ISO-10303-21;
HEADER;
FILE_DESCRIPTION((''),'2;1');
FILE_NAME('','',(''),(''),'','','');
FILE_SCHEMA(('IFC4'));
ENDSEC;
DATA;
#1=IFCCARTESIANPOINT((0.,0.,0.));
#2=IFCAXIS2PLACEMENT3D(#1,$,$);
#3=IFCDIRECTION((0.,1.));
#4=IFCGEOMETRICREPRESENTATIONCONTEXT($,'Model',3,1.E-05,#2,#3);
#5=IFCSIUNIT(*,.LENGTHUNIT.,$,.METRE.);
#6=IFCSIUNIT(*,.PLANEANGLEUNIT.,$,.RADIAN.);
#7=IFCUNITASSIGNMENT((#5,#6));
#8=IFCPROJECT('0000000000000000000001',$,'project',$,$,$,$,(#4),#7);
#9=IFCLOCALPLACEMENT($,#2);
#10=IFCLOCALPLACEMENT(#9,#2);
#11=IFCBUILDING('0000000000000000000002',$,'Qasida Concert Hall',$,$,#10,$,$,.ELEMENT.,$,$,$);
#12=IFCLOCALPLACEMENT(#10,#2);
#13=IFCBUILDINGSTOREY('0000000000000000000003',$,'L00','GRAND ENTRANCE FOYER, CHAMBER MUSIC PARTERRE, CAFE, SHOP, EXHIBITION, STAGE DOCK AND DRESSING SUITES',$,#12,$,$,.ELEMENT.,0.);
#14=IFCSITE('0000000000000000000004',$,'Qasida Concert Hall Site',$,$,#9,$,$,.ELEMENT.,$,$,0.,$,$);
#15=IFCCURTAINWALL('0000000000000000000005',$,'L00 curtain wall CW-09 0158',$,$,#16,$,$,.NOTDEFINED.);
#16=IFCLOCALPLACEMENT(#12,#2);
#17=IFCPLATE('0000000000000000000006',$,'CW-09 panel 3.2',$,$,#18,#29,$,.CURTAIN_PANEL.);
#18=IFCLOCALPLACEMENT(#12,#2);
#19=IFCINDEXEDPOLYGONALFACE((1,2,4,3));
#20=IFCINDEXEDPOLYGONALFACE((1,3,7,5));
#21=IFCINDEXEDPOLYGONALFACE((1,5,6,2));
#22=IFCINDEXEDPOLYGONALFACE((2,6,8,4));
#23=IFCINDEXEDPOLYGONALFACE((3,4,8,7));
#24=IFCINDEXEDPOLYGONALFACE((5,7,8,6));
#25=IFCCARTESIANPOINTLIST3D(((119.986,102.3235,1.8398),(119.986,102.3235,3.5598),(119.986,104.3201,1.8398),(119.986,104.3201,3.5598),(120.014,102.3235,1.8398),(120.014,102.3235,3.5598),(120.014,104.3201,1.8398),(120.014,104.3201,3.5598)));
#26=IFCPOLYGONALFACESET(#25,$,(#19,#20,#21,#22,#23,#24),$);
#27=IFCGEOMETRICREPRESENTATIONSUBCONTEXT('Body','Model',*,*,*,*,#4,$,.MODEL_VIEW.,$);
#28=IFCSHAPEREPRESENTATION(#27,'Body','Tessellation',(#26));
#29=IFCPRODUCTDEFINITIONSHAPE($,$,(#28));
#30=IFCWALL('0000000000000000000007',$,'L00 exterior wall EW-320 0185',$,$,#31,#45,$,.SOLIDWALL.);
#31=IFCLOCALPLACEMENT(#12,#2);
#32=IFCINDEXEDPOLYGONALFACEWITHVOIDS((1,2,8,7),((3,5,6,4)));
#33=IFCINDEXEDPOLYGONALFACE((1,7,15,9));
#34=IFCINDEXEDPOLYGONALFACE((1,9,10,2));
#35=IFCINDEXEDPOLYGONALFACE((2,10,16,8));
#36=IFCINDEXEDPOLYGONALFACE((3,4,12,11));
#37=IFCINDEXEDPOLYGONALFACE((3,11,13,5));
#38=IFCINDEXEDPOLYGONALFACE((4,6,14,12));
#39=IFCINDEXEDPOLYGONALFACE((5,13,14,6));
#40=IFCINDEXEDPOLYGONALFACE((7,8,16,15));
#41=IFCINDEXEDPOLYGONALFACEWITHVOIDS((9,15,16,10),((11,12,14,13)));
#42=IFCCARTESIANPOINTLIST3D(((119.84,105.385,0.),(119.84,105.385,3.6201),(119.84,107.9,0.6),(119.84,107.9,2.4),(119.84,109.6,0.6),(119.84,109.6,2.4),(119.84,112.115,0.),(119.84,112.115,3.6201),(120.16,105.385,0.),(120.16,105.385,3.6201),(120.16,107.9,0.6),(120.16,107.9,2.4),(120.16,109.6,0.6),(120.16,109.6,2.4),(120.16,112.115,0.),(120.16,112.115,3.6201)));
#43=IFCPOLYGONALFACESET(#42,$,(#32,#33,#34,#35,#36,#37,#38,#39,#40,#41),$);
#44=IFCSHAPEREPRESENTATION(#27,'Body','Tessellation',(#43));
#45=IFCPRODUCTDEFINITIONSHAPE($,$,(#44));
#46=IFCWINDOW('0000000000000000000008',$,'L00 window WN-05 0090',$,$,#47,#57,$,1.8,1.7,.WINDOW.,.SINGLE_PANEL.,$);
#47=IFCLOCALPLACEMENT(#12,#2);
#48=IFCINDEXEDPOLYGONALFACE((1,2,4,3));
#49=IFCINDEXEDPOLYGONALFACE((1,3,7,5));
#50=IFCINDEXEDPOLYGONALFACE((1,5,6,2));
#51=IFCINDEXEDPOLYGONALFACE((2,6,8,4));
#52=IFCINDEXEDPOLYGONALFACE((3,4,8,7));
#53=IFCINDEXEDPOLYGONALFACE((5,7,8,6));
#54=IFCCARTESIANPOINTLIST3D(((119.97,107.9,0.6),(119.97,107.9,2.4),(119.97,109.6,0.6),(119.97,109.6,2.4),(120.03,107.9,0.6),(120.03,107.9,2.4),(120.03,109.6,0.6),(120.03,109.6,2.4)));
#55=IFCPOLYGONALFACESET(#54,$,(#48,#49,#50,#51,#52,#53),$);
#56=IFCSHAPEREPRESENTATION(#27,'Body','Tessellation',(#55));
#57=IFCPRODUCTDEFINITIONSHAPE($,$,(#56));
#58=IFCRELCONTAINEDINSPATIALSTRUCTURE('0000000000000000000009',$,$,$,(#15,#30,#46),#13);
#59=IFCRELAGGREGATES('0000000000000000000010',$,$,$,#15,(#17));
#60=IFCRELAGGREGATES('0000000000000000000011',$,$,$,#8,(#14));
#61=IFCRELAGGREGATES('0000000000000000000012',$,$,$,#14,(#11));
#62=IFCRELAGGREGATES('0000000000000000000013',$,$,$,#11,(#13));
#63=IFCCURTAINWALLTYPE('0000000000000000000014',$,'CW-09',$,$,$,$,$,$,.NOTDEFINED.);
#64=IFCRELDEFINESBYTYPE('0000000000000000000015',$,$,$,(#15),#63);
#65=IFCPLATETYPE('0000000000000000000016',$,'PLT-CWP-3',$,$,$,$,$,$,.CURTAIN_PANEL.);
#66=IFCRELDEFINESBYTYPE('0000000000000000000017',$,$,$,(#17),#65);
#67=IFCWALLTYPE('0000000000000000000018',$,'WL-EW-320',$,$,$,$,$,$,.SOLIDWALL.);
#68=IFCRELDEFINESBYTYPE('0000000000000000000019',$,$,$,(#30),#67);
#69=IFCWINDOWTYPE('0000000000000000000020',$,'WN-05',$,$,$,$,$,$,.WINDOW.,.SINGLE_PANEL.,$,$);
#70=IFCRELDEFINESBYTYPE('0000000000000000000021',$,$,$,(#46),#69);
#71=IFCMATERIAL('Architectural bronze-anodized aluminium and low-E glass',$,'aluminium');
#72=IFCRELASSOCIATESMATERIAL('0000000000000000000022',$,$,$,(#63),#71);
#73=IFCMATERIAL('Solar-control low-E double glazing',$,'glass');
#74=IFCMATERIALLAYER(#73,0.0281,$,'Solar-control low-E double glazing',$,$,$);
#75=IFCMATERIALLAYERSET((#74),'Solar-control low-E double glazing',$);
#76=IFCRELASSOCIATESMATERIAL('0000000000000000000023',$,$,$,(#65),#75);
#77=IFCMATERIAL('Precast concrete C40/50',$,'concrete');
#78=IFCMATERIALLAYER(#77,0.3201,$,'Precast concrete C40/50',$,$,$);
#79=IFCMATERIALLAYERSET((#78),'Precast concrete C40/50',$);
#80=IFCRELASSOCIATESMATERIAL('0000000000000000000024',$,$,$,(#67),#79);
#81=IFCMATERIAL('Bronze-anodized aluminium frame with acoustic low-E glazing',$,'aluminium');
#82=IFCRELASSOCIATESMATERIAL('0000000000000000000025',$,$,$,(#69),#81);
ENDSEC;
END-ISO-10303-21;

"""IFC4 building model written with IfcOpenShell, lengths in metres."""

from ifc_helpers import new_model, si_unit, direction, frame, frame_2d, origin, origin_2d, place, context, subcontext, project, spatial, rectangle, extrude, material, layer, layer_set, type_object, element, fill, aggregate, save


model = new_model("IFC4")

# Units and contexts
model_context = context("Model", 3, precision=1e-05, world=origin(), true_north=direction((0.0, 1.0)))
body_context = subcontext(model_context, "Body", "Model", "MODEL_VIEW")
ifc_project = project(units=[si_unit("LENGTHUNIT", "METRE"), si_unit("PLANEANGLEUNIT", "RADIAN")], contexts=[model_context])

# Site, building, storey
site_placement = place(None, origin())
site = spatial("IfcSite", under=ifc_project, at=site_placement, Name="Qasida Concert Hall Site", CompositionType="ELEMENT", RefElevation=0.0)
building_placement = place(site_placement, origin())
building = spatial("IfcBuilding", under=site, at=building_placement, Name="Qasida Concert Hall", CompositionType="ELEMENT")
storey_placement = place(building_placement, origin())
storey = spatial("IfcBuildingStorey", under=building, at=storey_placement, Name="L00", Description="GRAND ENTRANCE FOYER, CHAMBER MUSIC PARTERRE, CAFE, SHOP, EXHIBITION, STAGE DOCK AND DRESSING SUITES", CompositionType="ELEMENT", Elevation=0.0)

# Shared definitions
ifc_material_1 = material(Name="Architectural bronze-anodized aluminium and low-E glass", Category="aluminium")

# Curtain wall
curtain_wall_type_1 = type_object("IfcCurtainWallType", Name="CW-09", PredefinedType="NOTDEFINED", material=ifc_material_1)
curtain_wall_1_placement = place(storey_placement, origin())
curtain_wall_1 = element("IfcCurtainWall", 1, at=curtain_wall_1_placement, inside=storey, type_object=curtain_wall_type_1, Name="L00 curtain wall CW-09 0158", PredefinedType="NOTDEFINED")

# Plate
ifc_material_2 = material(Name="Solar-control low-E double glazing", Category="glass")
ifc_layer_1 = layer(ifc_material_2, 0.0281, Name="Solar-control low-E double glazing")
ifc_layer_set_1 = layer_set([ifc_layer_1], Name="Solar-control low-E double glazing")
plate_type_1 = type_object("IfcPlateType", Name="PLT-CWP-3", PredefinedType="CURTAIN_PANEL", material=ifc_layer_set_1)
plate_1_placement = place(storey_placement, frame((120.0, 103.3218, 1.8398), z_axis=(0.0, 0.0, 1.0), x_axis=(0.0, 1.0, 0.0)))
plate_1 = element("IfcPlate", 2, at=plate_1_placement, type_object=plate_type_1, Name="CW-09 panel 3.2", PredefinedType="CURTAIN_PANEL", context=body_context, shape_type="SweptSolid", body=[
    extrude(rectangle(XDim=1.9966, YDim=0.0281, at=origin_2d()), origin(), (0.0, 0.0, 1.0), 1.72),
])
aggregate(curtain_wall_1, [plate_1])

# Wall, opening, window
ifc_material_3 = material(Name="Precast concrete C40/50", Category="concrete")
ifc_layer_2 = layer(ifc_material_3, 0.3201, Name="Precast concrete C40/50")
ifc_layer_set_2 = layer_set([ifc_layer_2], Name="Precast concrete C40/50")
wall_type = type_object("IfcWallType", Name="WL-EW-320", PredefinedType="SOLIDWALL", material=ifc_layer_set_2)
wall_placement = place(storey_placement, frame((120.0, 105.385, 0.0), z_axis=(0.0, 0.0, 1.0), x_axis=(0.0, 1.0, 0.0)))
wall = element("IfcWall", 3, at=wall_placement, inside=storey, type_object=wall_type, Name="L00 exterior wall EW-320 0185", PredefinedType="SOLIDWALL", context=body_context, shape_type="SweptSolid", body=[
    extrude(rectangle(XDim=6.73, YDim=0.3201, at=frame_2d((3.365, 0.0))), origin(), (0.0, 0.0, 1.0), 3.6201),
])
opening_placement = place(wall_placement, frame((2.5149, 0.0, 0.6001)))
opening = element("IfcOpeningElement", 4, at=opening_placement, cuts=wall, PredefinedType="OPENING", context=body_context, shape_type="SweptSolid", body=[
    extrude(rectangle(XDim=1.7, YDim=1.8, at=frame_2d((0.8501, 0.8999))), frame((0.0, 0.1699, 0.0), z_axis=(0.0, -1.0, 0.0), x_axis=(1.0, 0.0, 0.0)), (0.0, 0.0, 1.0), 0.3401),
])
ifc_material_4 = material(Name="Bronze-anodized aluminium frame with acoustic low-E glazing", Category="aluminium")
window_type = type_object("IfcWindowType", Name="WN-05", PartitioningType="SINGLE_PANEL", PredefinedType="WINDOW", material=ifc_material_4)
window_placement = place(opening_placement, origin())
window = element("IfcWindow", 5, at=window_placement, inside=storey, type_object=window_type, Name="L00 window WN-05 0090", OverallHeight=1.8, OverallWidth=1.7, PartitioningType="SINGLE_PANEL", PredefinedType="WINDOW", context=body_context, shape_type="SweptSolid", body=[
    extrude(rectangle(XDim=1.7, YDim=1.8, at=frame_2d((0.8501, 0.8999))), frame((0.0, 0.03, 0.0), z_axis=(0.0, -1.0, 0.0), x_axis=(1.0, 0.0, 0.0)), (0.0, 0.0, 1.0), 0.0601),
])
fill(opening, window)

save(model, "model.ifc")
